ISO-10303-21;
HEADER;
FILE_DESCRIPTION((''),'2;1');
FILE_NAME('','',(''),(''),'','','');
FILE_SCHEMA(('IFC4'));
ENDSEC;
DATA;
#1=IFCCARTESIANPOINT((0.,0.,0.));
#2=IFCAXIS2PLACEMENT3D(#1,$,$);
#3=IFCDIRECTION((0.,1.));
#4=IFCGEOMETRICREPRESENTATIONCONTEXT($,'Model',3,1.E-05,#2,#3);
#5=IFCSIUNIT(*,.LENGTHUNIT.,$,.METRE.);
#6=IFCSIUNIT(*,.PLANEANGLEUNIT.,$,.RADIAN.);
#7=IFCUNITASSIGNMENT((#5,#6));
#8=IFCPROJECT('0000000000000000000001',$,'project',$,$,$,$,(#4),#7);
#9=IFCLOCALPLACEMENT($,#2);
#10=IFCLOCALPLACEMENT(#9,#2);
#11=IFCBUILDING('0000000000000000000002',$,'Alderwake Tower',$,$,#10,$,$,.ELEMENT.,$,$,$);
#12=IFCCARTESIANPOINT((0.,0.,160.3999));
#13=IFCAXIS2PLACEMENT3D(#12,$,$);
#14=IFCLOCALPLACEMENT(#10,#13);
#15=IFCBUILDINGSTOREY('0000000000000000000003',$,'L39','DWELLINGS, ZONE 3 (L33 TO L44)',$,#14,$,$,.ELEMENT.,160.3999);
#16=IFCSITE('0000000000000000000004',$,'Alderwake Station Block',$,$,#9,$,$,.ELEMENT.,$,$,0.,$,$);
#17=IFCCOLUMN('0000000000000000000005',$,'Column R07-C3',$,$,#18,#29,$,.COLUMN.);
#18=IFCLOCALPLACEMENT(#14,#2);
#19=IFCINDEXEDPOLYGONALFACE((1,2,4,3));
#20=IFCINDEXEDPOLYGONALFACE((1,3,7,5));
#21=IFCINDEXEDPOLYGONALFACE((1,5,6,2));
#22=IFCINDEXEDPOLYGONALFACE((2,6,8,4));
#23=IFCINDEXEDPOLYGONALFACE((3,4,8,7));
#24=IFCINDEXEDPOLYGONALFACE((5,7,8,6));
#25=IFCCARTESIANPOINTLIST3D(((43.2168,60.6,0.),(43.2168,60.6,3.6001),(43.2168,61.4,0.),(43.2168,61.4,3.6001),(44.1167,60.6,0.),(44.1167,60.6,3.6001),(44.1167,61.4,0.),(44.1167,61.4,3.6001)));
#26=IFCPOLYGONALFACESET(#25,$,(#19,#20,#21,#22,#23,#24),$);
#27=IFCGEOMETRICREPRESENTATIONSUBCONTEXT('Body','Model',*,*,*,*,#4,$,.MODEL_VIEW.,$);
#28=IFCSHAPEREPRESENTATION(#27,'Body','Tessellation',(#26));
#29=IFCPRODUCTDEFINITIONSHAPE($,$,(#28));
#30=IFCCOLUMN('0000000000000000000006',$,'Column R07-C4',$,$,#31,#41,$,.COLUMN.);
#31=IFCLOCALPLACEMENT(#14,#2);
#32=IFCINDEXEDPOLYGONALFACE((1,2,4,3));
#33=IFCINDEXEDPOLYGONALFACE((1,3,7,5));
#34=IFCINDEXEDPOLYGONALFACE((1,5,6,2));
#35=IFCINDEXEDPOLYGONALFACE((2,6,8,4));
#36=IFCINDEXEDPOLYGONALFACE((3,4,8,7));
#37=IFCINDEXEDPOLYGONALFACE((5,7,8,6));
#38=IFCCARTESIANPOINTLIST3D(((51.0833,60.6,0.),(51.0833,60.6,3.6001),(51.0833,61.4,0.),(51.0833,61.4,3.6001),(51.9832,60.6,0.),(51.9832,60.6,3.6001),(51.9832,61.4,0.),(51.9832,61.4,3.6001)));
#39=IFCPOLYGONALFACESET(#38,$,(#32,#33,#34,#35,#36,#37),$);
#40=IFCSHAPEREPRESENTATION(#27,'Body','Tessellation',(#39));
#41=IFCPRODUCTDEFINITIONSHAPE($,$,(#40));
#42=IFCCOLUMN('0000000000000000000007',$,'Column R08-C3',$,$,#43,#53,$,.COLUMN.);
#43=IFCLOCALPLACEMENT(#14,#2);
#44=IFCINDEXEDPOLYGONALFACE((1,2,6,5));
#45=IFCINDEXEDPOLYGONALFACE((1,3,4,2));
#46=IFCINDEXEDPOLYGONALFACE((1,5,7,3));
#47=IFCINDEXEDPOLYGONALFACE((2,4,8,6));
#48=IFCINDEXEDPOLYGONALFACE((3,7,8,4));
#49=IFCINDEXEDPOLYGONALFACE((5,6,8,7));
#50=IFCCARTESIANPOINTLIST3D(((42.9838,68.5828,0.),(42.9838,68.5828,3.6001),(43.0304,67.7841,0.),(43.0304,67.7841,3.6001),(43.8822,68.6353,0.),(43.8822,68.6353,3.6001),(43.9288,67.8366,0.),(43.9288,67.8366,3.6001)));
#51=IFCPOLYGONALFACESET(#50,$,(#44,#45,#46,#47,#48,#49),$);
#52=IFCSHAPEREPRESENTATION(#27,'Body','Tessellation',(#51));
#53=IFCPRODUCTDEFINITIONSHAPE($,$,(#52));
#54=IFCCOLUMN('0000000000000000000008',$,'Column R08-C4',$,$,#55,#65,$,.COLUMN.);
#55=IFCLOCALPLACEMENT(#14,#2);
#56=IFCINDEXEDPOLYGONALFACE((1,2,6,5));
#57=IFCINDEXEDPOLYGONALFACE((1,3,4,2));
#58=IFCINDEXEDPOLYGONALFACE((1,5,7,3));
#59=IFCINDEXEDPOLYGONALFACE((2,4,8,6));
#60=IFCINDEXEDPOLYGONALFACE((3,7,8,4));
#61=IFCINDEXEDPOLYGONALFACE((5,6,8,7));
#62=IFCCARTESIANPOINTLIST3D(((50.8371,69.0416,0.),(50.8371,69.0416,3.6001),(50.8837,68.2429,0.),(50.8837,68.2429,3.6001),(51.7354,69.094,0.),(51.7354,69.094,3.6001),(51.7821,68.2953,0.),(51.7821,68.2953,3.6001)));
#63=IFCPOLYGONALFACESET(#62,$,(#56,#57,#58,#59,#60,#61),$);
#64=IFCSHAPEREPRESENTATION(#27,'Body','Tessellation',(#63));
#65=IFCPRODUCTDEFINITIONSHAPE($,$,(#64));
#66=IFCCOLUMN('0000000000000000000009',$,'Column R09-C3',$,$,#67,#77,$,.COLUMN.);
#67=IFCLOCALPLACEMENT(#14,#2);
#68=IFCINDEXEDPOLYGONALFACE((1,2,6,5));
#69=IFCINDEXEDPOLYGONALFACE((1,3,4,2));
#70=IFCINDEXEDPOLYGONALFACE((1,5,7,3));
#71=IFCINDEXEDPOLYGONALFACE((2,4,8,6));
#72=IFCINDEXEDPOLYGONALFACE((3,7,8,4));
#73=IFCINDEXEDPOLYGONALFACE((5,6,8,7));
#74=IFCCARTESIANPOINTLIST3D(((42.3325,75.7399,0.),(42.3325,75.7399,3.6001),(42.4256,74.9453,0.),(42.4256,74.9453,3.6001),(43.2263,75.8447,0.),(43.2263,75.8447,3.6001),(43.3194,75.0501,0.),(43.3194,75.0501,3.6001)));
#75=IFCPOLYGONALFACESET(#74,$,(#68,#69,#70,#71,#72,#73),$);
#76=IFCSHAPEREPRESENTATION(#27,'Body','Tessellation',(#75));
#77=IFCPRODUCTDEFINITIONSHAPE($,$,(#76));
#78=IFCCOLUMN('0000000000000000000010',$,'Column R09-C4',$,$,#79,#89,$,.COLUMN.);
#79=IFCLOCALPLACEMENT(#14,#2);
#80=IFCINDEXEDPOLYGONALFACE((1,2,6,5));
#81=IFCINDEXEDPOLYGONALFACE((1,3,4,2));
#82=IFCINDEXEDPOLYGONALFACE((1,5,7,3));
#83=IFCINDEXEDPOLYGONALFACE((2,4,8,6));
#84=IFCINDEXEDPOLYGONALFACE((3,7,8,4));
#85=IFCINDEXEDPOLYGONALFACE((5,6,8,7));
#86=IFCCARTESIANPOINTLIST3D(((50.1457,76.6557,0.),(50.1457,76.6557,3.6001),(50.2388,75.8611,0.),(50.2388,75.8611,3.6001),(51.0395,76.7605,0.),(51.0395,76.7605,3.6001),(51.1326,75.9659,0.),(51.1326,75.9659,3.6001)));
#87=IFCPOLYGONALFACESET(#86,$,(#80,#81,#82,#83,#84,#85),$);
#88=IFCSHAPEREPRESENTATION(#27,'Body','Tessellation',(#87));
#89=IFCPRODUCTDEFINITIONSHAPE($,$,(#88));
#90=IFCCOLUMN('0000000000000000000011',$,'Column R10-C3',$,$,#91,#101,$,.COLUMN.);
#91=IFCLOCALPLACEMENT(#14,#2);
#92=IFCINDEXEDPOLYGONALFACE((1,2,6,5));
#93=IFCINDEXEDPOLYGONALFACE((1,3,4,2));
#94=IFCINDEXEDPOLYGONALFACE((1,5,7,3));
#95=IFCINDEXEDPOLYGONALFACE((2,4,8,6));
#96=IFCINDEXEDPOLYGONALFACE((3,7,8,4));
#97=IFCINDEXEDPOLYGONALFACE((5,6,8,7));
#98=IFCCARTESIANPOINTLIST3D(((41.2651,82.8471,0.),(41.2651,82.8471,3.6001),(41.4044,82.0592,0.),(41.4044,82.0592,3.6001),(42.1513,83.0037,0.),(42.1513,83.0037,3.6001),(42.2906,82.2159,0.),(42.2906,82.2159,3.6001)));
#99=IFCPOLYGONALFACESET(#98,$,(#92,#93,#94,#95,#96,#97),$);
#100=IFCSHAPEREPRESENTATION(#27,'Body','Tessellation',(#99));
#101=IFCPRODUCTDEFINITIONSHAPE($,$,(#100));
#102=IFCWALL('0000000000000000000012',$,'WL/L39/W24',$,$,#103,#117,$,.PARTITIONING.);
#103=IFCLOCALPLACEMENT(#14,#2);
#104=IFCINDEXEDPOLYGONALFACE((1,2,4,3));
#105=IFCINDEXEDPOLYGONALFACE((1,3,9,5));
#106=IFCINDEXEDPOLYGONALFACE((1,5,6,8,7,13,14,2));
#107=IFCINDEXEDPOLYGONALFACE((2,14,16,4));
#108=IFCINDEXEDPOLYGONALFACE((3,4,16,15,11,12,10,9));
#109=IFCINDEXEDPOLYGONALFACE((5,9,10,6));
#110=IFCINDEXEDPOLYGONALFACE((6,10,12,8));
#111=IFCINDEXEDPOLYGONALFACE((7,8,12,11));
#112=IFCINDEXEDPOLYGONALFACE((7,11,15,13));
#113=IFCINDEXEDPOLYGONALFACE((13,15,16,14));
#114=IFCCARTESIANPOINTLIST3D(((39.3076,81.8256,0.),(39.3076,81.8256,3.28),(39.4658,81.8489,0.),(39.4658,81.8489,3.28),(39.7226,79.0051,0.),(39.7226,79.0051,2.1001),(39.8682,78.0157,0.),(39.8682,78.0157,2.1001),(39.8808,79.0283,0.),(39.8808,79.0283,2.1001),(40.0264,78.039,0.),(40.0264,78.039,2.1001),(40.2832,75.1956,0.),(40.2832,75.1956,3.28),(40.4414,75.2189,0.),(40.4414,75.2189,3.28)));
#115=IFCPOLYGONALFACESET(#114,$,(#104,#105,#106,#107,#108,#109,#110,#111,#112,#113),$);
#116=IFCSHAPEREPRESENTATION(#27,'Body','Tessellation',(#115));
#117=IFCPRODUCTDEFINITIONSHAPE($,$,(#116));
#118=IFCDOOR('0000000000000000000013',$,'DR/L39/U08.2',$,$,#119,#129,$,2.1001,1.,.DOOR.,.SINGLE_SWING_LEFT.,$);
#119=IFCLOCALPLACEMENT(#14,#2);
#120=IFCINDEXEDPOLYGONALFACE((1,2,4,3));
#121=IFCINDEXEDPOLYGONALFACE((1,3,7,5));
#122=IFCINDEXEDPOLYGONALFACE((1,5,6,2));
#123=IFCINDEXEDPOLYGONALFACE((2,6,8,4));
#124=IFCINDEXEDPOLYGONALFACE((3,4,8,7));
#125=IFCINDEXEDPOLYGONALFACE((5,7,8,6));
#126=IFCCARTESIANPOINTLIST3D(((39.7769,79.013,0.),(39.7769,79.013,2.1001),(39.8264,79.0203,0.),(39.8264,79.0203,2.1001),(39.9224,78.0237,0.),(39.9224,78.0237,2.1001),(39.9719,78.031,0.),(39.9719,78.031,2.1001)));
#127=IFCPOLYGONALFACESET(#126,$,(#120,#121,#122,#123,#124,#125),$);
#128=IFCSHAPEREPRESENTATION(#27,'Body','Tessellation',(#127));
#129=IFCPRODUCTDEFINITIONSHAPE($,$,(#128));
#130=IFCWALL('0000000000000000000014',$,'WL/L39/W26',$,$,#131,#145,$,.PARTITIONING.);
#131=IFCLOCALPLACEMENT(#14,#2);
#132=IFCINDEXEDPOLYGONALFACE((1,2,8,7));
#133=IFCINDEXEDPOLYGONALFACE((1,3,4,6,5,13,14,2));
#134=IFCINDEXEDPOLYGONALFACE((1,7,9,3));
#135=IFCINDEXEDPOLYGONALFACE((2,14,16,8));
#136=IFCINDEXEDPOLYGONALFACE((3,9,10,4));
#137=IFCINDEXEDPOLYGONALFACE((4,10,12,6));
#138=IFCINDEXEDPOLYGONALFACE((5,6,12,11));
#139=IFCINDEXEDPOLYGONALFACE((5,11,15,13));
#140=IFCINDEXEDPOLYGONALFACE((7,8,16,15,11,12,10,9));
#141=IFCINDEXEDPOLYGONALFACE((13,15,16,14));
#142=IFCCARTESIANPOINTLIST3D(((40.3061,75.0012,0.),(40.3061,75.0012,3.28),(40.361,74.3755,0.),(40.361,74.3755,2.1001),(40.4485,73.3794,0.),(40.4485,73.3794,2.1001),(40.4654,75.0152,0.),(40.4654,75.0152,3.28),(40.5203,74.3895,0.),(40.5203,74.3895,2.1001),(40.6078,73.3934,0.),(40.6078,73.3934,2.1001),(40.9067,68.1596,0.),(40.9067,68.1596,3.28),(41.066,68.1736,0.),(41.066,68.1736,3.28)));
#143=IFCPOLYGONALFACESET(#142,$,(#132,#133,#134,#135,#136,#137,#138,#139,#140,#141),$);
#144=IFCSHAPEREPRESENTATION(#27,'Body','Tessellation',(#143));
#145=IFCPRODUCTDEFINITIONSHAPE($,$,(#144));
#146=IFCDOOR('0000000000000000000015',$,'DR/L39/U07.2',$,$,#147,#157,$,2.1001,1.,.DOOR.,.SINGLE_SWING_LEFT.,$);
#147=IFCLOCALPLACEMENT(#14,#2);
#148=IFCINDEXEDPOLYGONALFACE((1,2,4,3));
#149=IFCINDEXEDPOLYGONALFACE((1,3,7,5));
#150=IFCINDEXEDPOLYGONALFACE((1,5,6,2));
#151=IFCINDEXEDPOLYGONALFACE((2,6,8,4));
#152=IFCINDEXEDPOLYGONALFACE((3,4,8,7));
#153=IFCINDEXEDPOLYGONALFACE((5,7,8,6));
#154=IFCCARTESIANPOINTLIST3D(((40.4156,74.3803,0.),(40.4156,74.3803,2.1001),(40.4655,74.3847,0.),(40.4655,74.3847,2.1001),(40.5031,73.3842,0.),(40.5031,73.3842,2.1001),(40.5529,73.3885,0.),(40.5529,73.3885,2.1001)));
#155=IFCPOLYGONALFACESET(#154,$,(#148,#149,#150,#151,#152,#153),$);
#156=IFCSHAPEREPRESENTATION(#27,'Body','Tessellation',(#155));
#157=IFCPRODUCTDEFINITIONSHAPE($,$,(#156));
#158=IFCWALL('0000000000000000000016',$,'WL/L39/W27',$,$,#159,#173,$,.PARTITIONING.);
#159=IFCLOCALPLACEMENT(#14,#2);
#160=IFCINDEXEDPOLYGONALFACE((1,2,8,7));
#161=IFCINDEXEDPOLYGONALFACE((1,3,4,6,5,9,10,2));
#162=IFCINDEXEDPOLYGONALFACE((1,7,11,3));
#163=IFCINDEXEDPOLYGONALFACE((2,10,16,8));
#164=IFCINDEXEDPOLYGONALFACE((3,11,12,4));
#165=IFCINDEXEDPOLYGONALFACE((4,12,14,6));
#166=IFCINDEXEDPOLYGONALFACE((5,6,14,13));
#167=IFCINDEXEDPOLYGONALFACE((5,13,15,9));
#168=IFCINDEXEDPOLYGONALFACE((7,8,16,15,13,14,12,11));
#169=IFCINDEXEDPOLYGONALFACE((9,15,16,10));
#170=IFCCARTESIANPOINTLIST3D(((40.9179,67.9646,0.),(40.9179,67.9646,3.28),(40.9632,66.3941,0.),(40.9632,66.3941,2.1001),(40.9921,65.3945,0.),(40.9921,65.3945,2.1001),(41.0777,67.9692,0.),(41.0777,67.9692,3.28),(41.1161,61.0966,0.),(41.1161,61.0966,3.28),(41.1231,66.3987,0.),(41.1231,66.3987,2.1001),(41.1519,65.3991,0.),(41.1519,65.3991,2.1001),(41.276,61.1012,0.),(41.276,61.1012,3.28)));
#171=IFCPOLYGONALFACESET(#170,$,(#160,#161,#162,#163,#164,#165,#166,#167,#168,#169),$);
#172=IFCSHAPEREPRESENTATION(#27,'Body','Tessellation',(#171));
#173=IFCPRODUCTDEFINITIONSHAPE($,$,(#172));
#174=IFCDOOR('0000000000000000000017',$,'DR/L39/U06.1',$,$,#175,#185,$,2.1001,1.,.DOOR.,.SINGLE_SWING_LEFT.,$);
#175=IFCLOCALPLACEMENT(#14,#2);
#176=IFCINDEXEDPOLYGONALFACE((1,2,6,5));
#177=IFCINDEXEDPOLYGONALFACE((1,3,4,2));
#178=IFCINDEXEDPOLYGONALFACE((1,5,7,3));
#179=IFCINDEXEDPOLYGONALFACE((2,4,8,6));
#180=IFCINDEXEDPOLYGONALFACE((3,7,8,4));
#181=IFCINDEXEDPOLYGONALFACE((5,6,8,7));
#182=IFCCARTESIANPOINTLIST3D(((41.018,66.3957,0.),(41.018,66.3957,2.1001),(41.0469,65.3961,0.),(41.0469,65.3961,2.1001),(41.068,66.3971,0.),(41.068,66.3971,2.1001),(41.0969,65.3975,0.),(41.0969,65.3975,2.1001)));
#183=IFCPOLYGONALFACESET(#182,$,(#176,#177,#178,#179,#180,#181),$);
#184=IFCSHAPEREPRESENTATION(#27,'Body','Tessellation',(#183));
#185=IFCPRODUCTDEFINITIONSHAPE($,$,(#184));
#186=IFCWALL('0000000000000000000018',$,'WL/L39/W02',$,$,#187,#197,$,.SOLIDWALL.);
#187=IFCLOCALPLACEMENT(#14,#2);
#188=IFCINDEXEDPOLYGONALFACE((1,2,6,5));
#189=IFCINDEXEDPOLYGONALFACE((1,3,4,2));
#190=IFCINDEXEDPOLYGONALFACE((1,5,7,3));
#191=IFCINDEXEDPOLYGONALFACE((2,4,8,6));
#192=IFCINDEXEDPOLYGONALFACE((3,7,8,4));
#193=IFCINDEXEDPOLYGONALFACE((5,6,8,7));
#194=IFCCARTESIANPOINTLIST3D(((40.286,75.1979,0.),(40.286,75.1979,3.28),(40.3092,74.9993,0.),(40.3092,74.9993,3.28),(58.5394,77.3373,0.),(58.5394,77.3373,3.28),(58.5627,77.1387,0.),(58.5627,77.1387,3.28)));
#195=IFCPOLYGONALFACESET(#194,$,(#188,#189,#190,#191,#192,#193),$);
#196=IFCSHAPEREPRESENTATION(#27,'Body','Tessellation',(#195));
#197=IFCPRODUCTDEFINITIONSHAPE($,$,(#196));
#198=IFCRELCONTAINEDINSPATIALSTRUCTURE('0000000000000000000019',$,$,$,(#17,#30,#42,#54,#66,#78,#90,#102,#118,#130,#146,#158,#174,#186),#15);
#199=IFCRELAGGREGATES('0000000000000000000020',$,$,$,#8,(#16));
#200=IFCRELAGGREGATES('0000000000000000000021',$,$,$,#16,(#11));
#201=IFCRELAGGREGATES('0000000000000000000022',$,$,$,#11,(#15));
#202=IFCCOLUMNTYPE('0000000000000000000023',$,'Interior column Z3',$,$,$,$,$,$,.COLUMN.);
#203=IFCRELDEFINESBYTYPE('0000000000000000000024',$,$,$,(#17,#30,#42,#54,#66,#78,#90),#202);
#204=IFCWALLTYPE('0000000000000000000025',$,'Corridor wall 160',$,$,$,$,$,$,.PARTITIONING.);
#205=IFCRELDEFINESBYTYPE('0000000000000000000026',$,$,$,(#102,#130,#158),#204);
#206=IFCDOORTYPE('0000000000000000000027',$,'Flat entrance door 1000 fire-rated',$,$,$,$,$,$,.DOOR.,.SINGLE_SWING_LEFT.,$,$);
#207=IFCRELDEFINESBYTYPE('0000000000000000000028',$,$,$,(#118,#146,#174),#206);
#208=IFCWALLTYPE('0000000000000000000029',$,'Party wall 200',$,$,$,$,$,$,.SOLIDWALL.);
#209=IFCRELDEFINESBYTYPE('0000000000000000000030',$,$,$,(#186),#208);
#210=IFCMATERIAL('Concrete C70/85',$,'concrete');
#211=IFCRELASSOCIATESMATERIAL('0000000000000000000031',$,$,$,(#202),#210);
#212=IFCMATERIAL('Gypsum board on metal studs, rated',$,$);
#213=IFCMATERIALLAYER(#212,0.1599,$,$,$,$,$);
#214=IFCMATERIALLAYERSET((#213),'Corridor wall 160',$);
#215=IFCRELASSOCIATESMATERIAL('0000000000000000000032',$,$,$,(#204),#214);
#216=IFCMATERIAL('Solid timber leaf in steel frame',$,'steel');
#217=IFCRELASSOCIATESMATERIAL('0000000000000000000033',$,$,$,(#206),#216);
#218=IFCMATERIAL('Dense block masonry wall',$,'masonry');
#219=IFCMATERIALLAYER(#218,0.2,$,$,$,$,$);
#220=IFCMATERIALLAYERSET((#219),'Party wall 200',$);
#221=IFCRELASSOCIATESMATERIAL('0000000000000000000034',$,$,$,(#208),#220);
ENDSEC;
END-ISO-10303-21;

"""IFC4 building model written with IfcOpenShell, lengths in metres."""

from ifc_helpers import new_model, si_unit, direction, frame, frame_2d, origin, origin_2d, place, context, subcontext, project, spatial, rectangle, extrude, material, layer, layer_set, material_profile, profile_set, type_object, element, fill, save


model = new_model("IFC4")

# Units and contexts
model_context = context("Model", 3, precision=1e-05, world=origin(), true_north=direction((0.0, 1.0)))
body_context = subcontext(model_context, "Body", "Model", "MODEL_VIEW")
ifc_project = project(units=[si_unit("LENGTHUNIT", "METRE"), si_unit("PLANEANGLEUNIT", "RADIAN")], contexts=[model_context])

# Site, building, storey
site_placement = place(None, origin())
site = spatial("IfcSite", under=ifc_project, at=site_placement, Name="Alderwake Station Block", CompositionType="ELEMENT", RefElevation=0.0)
building_placement = place(site_placement, origin())
building = spatial("IfcBuilding", under=site, at=building_placement, Name="Alderwake Tower", CompositionType="ELEMENT")
storey_placement = place(building_placement, frame((0.0, 0.0, 160.3999)))
storey = spatial("IfcBuildingStorey", under=building, at=storey_placement, Name="L39", Description="DWELLINGS, ZONE 3 (L33 TO L44)", CompositionType="ELEMENT", Elevation=160.3999)

# Columns
ifc_material_1 = material(Name="Concrete C70/85", Category="concrete")
ifc_material_profile = material_profile(ifc_material_1, rectangle(XDim=0.8, YDim=0.8999, at=origin_2d()), Name="RC 900X800")
ifc_profile_set = profile_set([ifc_material_profile], Name="Concrete C70/85")
column_type = type_object("IfcColumnType", Name="Interior column Z3", PredefinedType="COLUMN", material=ifc_profile_set)
for number, where, z_axis, x_axis, name in (
    (1, (43.6667, 61.0, 0.0), (0.0, 0.0, 1.0), (0.0, 1.0, 0.0), "Column R07-C3"),
    (2, (51.5332, 61.0, 0.0), (0.0, 0.0, 1.0), (0.0, 1.0, 0.0), "Column R07-C4"),
    (3, (43.4563, 68.2097, 0.0), (0.0, 0.0, 1.0), (-0.058301, 0.998299, 0.0), "Column R08-C3"),
    (4, (51.3096, 68.6685, 0.0), (0.0, 0.0, 1.0), (-0.058299, 0.998299, 0.0), "Column R08-C4"),
    (5, (42.8259, 75.395, 0.0), (0.0, 0.0, 1.0), (-0.116402, 0.993202, 0.0), "Column R09-C3"),
    (6, (50.6392, 76.3108, 0.0), (0.0, 0.0, 1.0), (-0.116402, 0.993202, 0.0), "Column R09-C4"),
    (7, (41.7778, 82.5315, 0.0), (0.0, 0.0, 1.0), (-0.174109, 0.984726, 0.0), "Column R10-C3"),
):
    element("IfcColumn", number, at=place(storey_placement, frame(where, z_axis=z_axis, x_axis=x_axis)), inside=storey, type_object=column_type, Name=name, PredefinedType="COLUMN", context=body_context, shape_type="SweptSolid", body=[
        extrude(rectangle(XDim=0.8, YDim=0.8999, at=origin_2d()), origin(), (0.0, 0.0, 1.0), 3.6001),
    ])

# Walls, openings, doors
ifc_material_2 = material(Name="Gypsum board on metal studs, rated")
ifc_layer_1 = layer(ifc_material_2, 0.1599)
ifc_layer_set_1 = layer_set([ifc_layer_1], Name="Corridor wall 160")
wall_type_1 = type_object("IfcWallType", Name="Corridor wall 160", PredefinedType="PARTITIONING", material=ifc_layer_set_1)
wall_1_placement = place(storey_placement, frame((39.3867, 81.8372, 0.0), z_axis=(0.0, 0.0, 1.0), x_axis=(0.145577, -0.989347, 0.0)))
wall_1 = element("IfcWall", 8, at=wall_1_placement, inside=storey, type_object=wall_type_1, Name="WL/L39/W24", PredefinedType="PARTITIONING", context=body_context, shape_type="SweptSolid", body=[
    extrude(rectangle(XDim=6.7014, YDim=0.1599, at=frame_2d((3.3506, 0.0))), origin(), (0.0, 0.0, 1.0), 3.28),
])
opening_1_placement = place(wall_1_placement, frame((2.8508, 0.0, 0.0)))
opening_1 = element("IfcOpeningElement", 9, at=opening_1_placement, cuts=wall_1, PredefinedType="OPENING", context=body_context, shape_type="SweptSolid", body=[
    extrude(rectangle(XDim=1.0, YDim=2.1001, at=frame_2d((0.5, 1.05))), frame((0.0, 0.0898, 0.0), z_axis=(0.0, -1.0, 0.0), x_axis=(1.0, 0.0, 0.0)), (0.0, 0.0, 1.0), 0.1799),
])
ifc_material_3 = material(Name="Solid timber leaf in steel frame", Category="steel")
door_type_1 = type_object("IfcDoorType", Name="Flat entrance door 1000 fire-rated", OperationType="SINGLE_SWING_LEFT", PredefinedType="DOOR", material=ifc_material_3)
door_1_placement = place(opening_1_placement, origin())
door_1 = element("IfcDoor", 10, at=door_1_placement, inside=storey, type_object=door_type_1, Name="DR/L39/U08.2", OperationType="SINGLE_SWING_LEFT", OverallHeight=2.1001, OverallWidth=1.0, PredefinedType="DOOR", context=body_context, shape_type="SweptSolid", body=[
    extrude(rectangle(XDim=1.0, YDim=2.1001, at=frame_2d((0.5, 1.05))), frame((0.0, 0.0249, 0.0), z_axis=(0.0, -1.0, 0.0), x_axis=(1.0, 0.0, 0.0)), (0.0, 0.0, 1.0), 0.05),
])
fill(opening_1, door_1)
wall_2_placement = place(storey_placement, frame((40.3857, 75.0083, 0.0), z_axis=(0.0, 0.0, 1.0), x_axis=(0.087449, -0.996169, 0.0)))
wall_2 = element("IfcWall", 11, at=wall_2_placement, inside=storey, type_object=wall_type_1, Name="WL/L39/W26", PredefinedType="PARTITIONING", context=body_context, shape_type="SweptSolid", body=[
    extrude(rectangle(XDim=6.8679, YDim=0.1599, at=frame_2d((3.4341, 0.0))), origin(), (0.0, 0.0, 1.0), 3.28),
])
opening_2_placement = place(wall_2_placement, frame((0.6282, 0.0, 0.0)))
opening_2 = element("IfcOpeningElement", 12, at=opening_2_placement, cuts=wall_2, PredefinedType="OPENING", context=body_context, shape_type="SweptSolid", body=[
    extrude(rectangle(XDim=1.0, YDim=2.1001, at=frame_2d((0.5, 1.05))), frame((0.0, 0.0898, 0.0), z_axis=(0.0, -1.0, 0.0), x_axis=(1.0, 0.0, 0.0)), (0.0, 0.0, 1.0), 0.1799),
])
door_2_placement = place(opening_2_placement, origin())
door_2 = element("IfcDoor", 13, at=door_2_placement, inside=storey, type_object=door_type_1, Name="DR/L39/U07.2", OperationType="SINGLE_SWING_LEFT", OverallHeight=2.1001, OverallWidth=1.0, PredefinedType="DOOR", context=body_context, shape_type="SweptSolid", body=[
    extrude(rectangle(XDim=1.0, YDim=2.1001, at=frame_2d((0.5, 1.05))), frame((0.0, 0.0249, 0.0), z_axis=(0.0, -1.0, 0.0), x_axis=(1.0, 0.0, 0.0)), (0.0, 0.0, 1.0), 0.05),
])
fill(opening_2, door_2)
wall_3_placement = place(storey_placement, frame((40.9978, 67.967, 0.0), z_axis=(0.0, 0.0, 1.0), x_axis=(0.028853, -0.999584, 0.0)))
wall_3 = element("IfcWall", 14, at=wall_3_placement, inside=storey, type_object=wall_type_1, Name="WL/L39/W27", PredefinedType="PARTITIONING", context=body_context, shape_type="SweptSolid", body=[
    extrude(rectangle(XDim=6.8708, YDim=0.1599, at=frame_2d((3.4355, 0.0))), origin(), (0.0, 0.0, 1.0), 3.28),
])
opening_3_placement = place(wall_3_placement, frame((1.5713, 0.0, 0.0)))
opening_3 = element("IfcOpeningElement", 15, at=opening_3_placement, cuts=wall_3, PredefinedType="OPENING", context=body_context, shape_type="SweptSolid", body=[
    extrude(rectangle(XDim=1.0, YDim=2.1001, at=frame_2d((0.5, 1.05))), frame((0.0, 0.0898, 0.0), z_axis=(0.0, -1.0, 0.0), x_axis=(1.0, 0.0, 0.0)), (0.0, 0.0, 1.0), 0.1799),
])
door_3_placement = place(opening_3_placement, origin())
door_3 = element("IfcDoor", 16, at=door_3_placement, inside=storey, type_object=door_type_1, Name="DR/L39/U06.1", OperationType="SINGLE_SWING_LEFT", OverallHeight=2.1001, OverallWidth=1.0, PredefinedType="DOOR", context=body_context, shape_type="SweptSolid", body=[
    extrude(rectangle(XDim=1.0, YDim=2.1001, at=frame_2d((0.5, 1.05))), frame((0.0, 0.0249, 0.0), z_axis=(0.0, -1.0, 0.0), x_axis=(1.0, 0.0, 0.0)), (0.0, 0.0, 1.0), 0.05),
])
fill(opening_3, door_3)

# Wall
ifc_material_4 = material(Name="Dense block masonry wall", Category="masonry")
ifc_layer_2 = layer(ifc_material_4, 0.2)
ifc_layer_set_2 = layer_set([ifc_layer_2], Name="Party wall 200")
wall_type_2 = type_object("IfcWallType", Name="Party wall 200", PredefinedType="SOLIDWALL", material=ifc_layer_set_2)
wall_4_placement = place(storey_placement, frame((40.2976, 75.0986, 0.0), z_axis=(0.0, 0.0, 1.0), x_axis=(0.993201, 0.116409, 0.0)))
element("IfcWall", 17, at=wall_4_placement, inside=storey, type_object=wall_type_2, Name="WL/L39/W02", PredefinedType="SOLIDWALL", context=body_context, shape_type="SweptSolid", body=[
    extrude(rectangle(XDim=18.3784, YDim=0.2, at=frame_2d((9.1892, 0.0))), origin(), (0.0, 0.0, 1.0), 3.28),
])

save(model, "model.ifc")
